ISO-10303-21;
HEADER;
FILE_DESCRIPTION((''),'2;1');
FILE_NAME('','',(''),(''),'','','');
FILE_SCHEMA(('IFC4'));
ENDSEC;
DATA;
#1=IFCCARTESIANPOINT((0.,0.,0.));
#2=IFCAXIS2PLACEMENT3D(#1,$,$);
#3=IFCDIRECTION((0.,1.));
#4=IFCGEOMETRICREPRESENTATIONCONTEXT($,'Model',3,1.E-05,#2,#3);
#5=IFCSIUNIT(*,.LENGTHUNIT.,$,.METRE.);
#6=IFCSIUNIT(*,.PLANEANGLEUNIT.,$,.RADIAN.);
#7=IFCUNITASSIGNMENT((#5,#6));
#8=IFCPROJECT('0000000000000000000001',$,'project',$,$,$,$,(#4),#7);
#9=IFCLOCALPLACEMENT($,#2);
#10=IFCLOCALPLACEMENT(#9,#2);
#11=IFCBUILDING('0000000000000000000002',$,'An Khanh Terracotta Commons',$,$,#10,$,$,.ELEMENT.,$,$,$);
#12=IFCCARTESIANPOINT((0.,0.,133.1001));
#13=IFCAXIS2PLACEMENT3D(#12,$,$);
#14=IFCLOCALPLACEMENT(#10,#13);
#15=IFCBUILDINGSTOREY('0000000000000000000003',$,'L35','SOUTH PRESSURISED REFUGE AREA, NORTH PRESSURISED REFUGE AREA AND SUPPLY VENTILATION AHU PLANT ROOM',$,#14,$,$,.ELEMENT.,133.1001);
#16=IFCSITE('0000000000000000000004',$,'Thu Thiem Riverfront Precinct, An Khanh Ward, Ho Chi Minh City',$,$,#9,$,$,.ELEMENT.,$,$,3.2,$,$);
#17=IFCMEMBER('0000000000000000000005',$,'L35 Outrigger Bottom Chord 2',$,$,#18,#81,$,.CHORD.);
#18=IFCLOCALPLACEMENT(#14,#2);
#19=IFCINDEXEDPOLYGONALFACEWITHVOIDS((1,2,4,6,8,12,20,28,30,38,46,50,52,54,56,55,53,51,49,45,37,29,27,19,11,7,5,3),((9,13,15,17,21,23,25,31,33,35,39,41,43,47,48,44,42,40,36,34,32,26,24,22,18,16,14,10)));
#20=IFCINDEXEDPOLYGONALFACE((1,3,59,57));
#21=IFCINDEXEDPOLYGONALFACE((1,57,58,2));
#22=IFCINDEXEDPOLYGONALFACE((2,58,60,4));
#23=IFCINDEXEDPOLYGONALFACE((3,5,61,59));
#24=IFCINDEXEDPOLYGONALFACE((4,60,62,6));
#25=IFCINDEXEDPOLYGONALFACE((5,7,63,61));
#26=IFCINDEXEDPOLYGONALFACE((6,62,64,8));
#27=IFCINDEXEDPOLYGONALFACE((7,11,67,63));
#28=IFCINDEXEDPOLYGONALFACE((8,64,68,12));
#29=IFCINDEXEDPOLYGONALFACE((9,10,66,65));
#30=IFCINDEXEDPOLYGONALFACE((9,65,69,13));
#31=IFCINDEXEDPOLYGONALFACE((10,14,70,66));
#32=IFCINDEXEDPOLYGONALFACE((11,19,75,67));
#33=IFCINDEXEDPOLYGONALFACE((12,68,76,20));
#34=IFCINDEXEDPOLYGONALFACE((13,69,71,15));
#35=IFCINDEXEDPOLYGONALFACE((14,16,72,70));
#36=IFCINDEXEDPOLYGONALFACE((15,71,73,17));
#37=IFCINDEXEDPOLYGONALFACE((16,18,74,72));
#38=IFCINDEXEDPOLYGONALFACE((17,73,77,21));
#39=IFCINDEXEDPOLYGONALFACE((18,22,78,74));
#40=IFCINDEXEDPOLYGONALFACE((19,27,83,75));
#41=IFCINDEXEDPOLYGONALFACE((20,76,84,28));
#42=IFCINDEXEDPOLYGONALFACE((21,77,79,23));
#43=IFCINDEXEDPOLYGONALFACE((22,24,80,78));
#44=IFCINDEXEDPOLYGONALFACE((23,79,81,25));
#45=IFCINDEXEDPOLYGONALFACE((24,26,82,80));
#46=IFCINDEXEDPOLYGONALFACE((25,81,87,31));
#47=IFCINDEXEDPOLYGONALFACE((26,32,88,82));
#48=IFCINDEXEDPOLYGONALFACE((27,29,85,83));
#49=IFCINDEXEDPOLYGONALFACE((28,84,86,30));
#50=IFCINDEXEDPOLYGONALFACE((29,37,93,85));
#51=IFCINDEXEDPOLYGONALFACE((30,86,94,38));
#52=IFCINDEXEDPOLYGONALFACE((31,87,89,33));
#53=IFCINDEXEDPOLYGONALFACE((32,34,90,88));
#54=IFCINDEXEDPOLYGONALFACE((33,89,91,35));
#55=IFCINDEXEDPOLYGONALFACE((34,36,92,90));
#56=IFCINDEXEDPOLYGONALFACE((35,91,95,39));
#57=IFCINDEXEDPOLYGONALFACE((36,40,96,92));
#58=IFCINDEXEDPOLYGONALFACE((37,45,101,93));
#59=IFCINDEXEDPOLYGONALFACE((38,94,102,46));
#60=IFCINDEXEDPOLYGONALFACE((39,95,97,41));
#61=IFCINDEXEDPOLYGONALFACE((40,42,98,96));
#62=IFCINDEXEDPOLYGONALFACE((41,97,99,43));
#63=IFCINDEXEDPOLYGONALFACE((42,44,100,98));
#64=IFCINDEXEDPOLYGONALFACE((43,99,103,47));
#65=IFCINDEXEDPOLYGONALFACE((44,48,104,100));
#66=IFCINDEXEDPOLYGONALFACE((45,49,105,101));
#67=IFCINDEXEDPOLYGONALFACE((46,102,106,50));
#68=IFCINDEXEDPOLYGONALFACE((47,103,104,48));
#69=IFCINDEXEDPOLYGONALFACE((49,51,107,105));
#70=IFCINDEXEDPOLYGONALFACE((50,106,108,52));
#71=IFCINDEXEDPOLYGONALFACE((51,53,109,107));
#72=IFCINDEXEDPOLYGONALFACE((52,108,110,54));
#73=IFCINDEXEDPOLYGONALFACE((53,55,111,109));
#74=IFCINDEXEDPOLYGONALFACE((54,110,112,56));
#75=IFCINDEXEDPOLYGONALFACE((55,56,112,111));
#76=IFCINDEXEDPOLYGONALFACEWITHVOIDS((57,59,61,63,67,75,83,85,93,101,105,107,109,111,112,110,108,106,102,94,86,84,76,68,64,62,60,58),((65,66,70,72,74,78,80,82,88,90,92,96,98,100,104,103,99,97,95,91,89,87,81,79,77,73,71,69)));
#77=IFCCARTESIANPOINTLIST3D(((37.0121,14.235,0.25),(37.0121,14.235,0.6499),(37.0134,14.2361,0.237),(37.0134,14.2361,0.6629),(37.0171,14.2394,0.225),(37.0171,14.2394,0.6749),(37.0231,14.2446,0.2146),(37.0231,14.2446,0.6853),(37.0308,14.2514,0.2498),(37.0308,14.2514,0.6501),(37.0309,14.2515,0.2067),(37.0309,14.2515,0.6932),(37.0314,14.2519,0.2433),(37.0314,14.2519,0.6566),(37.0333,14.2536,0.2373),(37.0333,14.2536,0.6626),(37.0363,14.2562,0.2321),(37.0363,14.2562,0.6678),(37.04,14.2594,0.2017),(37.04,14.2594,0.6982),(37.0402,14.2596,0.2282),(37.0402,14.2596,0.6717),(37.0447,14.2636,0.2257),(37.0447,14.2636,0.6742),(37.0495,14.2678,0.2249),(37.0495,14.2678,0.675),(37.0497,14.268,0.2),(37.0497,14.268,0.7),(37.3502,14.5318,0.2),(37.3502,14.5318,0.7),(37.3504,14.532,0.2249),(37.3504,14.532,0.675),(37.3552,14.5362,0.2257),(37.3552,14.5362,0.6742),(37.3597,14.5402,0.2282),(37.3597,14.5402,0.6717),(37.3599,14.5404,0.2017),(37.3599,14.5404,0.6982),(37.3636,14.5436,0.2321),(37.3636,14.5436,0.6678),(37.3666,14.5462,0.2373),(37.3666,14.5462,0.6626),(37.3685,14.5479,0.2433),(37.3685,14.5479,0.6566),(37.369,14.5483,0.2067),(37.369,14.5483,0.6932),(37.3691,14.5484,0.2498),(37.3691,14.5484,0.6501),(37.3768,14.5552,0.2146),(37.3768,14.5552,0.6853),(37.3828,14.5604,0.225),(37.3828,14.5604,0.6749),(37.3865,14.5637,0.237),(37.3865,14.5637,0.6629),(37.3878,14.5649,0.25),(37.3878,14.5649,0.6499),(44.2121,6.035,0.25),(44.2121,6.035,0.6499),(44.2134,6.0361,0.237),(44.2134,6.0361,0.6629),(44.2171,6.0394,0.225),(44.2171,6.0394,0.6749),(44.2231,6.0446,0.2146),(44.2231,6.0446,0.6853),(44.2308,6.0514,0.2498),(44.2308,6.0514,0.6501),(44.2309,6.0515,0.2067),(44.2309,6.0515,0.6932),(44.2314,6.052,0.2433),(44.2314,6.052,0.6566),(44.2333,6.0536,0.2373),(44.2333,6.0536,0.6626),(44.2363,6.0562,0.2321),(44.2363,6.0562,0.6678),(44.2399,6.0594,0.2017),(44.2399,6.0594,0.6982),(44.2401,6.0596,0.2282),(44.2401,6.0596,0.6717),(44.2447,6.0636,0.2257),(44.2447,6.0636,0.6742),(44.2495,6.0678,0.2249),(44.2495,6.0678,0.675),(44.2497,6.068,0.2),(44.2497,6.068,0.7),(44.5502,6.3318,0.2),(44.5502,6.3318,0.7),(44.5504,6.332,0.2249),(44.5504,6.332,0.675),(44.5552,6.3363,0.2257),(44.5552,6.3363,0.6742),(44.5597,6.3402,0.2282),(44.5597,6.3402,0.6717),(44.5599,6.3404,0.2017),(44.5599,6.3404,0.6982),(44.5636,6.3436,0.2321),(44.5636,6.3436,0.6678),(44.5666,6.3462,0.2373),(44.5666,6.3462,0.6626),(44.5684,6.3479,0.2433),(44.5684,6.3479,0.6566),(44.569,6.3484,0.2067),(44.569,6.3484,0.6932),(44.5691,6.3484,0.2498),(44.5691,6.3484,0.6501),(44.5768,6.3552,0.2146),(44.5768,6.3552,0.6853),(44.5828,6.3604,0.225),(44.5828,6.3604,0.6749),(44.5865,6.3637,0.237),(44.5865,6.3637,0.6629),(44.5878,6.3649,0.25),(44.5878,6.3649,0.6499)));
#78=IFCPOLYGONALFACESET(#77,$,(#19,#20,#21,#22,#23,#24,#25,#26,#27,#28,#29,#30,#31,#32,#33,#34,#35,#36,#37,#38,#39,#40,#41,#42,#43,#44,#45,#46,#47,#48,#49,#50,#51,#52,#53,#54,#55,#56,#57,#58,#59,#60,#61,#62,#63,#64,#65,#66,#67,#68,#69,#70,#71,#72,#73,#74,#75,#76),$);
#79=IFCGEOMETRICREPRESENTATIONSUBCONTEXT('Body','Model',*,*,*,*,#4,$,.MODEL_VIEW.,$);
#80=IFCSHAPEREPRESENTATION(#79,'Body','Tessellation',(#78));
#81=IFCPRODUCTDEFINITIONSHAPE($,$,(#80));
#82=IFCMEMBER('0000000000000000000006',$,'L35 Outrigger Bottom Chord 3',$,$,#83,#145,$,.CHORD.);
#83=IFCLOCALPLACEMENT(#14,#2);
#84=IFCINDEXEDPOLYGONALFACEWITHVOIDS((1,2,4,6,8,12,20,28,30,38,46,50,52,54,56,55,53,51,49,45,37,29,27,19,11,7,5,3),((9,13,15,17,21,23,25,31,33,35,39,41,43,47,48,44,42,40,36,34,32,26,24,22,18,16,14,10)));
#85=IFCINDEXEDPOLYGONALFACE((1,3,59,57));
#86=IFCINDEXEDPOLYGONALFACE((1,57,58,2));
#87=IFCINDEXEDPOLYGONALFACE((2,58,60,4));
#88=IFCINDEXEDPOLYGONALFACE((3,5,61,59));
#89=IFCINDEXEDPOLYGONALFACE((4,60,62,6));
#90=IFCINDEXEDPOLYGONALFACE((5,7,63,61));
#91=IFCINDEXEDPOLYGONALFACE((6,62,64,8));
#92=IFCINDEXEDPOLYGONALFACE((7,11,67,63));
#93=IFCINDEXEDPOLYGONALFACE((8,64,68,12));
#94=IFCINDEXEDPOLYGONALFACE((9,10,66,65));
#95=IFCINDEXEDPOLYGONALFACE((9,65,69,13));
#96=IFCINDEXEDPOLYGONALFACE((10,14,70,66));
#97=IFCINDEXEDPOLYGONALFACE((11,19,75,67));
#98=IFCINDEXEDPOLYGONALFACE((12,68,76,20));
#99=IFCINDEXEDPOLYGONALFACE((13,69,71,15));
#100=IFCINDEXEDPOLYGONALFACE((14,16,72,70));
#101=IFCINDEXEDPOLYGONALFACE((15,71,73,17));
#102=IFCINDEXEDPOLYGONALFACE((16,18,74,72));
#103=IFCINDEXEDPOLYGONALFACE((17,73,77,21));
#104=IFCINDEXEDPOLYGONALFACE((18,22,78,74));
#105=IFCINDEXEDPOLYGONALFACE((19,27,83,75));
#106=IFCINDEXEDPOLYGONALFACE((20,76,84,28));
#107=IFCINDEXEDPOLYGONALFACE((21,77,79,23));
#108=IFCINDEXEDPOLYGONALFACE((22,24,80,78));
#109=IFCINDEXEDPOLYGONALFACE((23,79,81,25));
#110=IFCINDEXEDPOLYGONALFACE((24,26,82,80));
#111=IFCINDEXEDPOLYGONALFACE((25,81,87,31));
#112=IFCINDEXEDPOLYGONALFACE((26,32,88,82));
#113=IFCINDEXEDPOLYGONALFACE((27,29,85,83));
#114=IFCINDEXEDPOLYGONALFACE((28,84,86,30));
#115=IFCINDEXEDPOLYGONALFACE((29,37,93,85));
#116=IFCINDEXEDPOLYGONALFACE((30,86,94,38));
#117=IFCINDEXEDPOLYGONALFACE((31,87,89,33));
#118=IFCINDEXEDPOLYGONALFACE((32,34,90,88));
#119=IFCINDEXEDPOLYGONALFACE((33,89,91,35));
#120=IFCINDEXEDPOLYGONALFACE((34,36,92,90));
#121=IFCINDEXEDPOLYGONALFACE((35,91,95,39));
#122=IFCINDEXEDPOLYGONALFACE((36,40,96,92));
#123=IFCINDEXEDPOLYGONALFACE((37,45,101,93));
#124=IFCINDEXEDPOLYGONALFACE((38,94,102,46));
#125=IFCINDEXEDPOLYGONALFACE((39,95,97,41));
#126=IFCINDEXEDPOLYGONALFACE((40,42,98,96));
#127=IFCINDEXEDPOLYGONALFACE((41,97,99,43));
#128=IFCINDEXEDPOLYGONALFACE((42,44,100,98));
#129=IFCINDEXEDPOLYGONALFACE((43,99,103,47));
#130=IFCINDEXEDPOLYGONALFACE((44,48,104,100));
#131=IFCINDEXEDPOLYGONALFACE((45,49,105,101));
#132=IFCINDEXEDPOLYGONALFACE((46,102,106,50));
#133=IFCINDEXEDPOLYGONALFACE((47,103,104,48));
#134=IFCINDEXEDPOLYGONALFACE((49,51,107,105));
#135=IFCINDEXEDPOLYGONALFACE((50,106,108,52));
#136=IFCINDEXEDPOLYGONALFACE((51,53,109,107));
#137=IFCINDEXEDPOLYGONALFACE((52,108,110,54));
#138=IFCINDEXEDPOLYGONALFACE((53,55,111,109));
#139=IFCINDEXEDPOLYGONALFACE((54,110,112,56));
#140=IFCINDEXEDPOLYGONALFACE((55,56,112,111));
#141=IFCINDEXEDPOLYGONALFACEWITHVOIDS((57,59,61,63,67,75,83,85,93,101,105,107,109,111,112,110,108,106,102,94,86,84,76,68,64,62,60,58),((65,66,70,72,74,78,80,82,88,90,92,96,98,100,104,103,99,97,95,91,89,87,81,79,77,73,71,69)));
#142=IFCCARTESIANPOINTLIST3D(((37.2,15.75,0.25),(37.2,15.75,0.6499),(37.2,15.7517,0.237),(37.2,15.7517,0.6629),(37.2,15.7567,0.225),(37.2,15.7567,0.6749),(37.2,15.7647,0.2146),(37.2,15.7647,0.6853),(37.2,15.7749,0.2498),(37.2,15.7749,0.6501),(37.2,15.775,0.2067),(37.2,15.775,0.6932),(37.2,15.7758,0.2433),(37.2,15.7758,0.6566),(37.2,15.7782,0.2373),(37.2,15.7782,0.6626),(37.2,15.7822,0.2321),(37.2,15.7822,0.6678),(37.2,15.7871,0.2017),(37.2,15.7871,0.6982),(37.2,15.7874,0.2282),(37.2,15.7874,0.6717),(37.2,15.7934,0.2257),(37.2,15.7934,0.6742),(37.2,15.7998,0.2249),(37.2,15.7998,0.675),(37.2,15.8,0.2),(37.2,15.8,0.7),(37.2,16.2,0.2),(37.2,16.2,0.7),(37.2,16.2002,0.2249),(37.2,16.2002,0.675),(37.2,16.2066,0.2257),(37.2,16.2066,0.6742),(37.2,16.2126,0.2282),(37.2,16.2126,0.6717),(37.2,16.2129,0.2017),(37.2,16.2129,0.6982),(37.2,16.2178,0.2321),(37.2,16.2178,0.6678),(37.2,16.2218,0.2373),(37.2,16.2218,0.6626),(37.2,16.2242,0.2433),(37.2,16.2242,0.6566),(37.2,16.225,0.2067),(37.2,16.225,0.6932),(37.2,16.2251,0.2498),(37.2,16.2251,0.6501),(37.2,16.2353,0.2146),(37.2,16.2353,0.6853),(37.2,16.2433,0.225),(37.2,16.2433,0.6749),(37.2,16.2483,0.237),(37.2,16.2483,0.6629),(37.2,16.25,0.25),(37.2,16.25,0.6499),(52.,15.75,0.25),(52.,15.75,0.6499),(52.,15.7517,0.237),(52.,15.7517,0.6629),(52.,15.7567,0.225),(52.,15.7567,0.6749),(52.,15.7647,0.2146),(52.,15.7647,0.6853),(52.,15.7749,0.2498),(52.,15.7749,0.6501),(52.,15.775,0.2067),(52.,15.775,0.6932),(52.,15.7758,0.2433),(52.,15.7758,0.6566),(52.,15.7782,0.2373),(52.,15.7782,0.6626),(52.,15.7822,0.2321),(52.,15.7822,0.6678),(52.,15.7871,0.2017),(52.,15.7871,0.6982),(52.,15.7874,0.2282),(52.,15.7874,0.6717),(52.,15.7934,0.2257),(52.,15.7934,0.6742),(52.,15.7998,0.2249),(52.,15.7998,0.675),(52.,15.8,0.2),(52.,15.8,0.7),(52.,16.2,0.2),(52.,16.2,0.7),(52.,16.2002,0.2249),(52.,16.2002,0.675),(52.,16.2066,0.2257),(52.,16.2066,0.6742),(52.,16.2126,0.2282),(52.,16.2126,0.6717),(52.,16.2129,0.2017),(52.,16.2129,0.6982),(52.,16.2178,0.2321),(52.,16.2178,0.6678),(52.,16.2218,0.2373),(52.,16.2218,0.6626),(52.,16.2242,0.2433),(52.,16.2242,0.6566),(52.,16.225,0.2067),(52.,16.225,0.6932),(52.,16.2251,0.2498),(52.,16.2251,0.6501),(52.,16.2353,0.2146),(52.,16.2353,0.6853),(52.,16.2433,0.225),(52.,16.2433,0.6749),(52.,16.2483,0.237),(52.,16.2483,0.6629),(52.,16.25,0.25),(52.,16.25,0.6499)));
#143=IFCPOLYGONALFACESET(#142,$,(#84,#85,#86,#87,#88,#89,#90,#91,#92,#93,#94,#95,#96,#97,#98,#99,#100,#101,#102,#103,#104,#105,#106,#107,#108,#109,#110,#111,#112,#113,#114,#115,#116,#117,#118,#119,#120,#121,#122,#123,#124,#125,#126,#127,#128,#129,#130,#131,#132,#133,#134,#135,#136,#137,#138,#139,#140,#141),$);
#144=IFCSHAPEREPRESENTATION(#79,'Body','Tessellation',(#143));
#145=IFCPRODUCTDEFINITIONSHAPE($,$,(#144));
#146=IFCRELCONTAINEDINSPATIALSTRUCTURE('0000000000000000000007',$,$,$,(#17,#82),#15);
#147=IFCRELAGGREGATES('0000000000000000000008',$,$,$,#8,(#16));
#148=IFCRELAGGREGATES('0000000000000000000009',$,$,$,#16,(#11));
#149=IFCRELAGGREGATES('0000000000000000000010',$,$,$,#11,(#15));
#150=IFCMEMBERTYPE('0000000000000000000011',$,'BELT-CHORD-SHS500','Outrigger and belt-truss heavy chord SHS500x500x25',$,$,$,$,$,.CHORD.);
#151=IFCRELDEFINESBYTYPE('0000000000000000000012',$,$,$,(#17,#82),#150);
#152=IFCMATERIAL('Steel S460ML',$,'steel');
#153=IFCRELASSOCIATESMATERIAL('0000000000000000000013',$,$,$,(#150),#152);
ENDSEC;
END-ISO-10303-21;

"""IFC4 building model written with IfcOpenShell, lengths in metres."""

from ifc_helpers import new_model, si_unit, direction, frame, origin, origin_2d, place, context, subcontext, project, spatial, hollow_rectangle, extrude, material, material_profile, profile_set, type_object, element, save


model = new_model("IFC4")

# Units and contexts
model_context = context("Model", 3, precision=1e-05, world=origin(), true_north=direction((0.0, 1.0)))
body_context = subcontext(model_context, "Body", "Model", "MODEL_VIEW")
ifc_project = project(units=[si_unit("LENGTHUNIT", "METRE"), si_unit("PLANEANGLEUNIT", "RADIAN")], contexts=[model_context])

# Site, building, storey
site_placement = place(None, origin())
site = spatial("IfcSite", under=ifc_project, at=site_placement, Name="Thu Thiem Riverfront Precinct, An Khanh Ward, Ho Chi Minh City", CompositionType="ELEMENT", RefElevation=3.2)
building_placement = place(site_placement, origin())
building = spatial("IfcBuilding", under=site, at=building_placement, Name="An Khanh Terracotta Commons", CompositionType="ELEMENT")
storey_placement = place(building_placement, frame((0.0, 0.0, 133.1001)))
storey = spatial("IfcBuildingStorey", under=building, at=storey_placement, Name="L35", Description="SOUTH PRESSURISED REFUGE AREA, NORTH PRESSURISED REFUGE AREA AND SUPPLY VENTILATION AHU PLANT ROOM", CompositionType="ELEMENT", Elevation=133.1001)

# Members
ifc_material_1 = material(Name="Steel S460ML", Category="steel")
ifc_material_profile_1 = material_profile(ifc_material_1, hollow_rectangle(XDim=0.5, YDim=0.5, WallThickness=0.0249, InnerFilletRadius=0.0249, OuterFilletRadius=0.05, at=origin_2d()), Name="SHS500x500x25")
ifc_profile_set_1 = profile_set([ifc_material_profile_1], Name="Steel S460ML")
member_type_1 = type_object("IfcMemberType", Name="BELT-CHORD-SHS500", Description="Outrigger and belt-truss heavy chord SHS500x500x25", PredefinedType="CHORD", material=ifc_profile_set_1)
member_1_placement = place(storey_placement, frame((37.2, 14.3999, 0.45), z_axis=(0.659801, -0.75144, 0.0), x_axis=(0.75144, 0.659801, 0.0)))
element("IfcMember", 1, at=member_1_placement, inside=storey, type_object=member_type_1, Name="L35 Outrigger Bottom Chord 2", PredefinedType="CHORD", context=body_context, shape_type="SweptSolid", body=[
    extrude(hollow_rectangle(XDim=0.5, YDim=0.5, WallThickness=0.0249, InnerFilletRadius=0.0249, OuterFilletRadius=0.05, at=origin_2d()), origin(), (0.0, 0.0, 1.0), 10.9124),
])
member_2_placement = place(storey_placement, frame((37.2, 16.0, 0.45), z_axis=(1.0, 0.0, 0.0), x_axis=(0.0, 1.0, 0.0)))
element("IfcMember", 2, at=member_2_placement, inside=storey, type_object=member_type_1, Name="L35 Outrigger Bottom Chord 3", PredefinedType="CHORD", context=body_context, shape_type="SweptSolid", body=[
    extrude(hollow_rectangle(XDim=0.5, YDim=0.5, WallThickness=0.0249, InnerFilletRadius=0.0249, OuterFilletRadius=0.05, at=origin_2d()), origin(), (0.0, 0.0, 1.0), 14.8),
])

save(model, "model.ifc")
